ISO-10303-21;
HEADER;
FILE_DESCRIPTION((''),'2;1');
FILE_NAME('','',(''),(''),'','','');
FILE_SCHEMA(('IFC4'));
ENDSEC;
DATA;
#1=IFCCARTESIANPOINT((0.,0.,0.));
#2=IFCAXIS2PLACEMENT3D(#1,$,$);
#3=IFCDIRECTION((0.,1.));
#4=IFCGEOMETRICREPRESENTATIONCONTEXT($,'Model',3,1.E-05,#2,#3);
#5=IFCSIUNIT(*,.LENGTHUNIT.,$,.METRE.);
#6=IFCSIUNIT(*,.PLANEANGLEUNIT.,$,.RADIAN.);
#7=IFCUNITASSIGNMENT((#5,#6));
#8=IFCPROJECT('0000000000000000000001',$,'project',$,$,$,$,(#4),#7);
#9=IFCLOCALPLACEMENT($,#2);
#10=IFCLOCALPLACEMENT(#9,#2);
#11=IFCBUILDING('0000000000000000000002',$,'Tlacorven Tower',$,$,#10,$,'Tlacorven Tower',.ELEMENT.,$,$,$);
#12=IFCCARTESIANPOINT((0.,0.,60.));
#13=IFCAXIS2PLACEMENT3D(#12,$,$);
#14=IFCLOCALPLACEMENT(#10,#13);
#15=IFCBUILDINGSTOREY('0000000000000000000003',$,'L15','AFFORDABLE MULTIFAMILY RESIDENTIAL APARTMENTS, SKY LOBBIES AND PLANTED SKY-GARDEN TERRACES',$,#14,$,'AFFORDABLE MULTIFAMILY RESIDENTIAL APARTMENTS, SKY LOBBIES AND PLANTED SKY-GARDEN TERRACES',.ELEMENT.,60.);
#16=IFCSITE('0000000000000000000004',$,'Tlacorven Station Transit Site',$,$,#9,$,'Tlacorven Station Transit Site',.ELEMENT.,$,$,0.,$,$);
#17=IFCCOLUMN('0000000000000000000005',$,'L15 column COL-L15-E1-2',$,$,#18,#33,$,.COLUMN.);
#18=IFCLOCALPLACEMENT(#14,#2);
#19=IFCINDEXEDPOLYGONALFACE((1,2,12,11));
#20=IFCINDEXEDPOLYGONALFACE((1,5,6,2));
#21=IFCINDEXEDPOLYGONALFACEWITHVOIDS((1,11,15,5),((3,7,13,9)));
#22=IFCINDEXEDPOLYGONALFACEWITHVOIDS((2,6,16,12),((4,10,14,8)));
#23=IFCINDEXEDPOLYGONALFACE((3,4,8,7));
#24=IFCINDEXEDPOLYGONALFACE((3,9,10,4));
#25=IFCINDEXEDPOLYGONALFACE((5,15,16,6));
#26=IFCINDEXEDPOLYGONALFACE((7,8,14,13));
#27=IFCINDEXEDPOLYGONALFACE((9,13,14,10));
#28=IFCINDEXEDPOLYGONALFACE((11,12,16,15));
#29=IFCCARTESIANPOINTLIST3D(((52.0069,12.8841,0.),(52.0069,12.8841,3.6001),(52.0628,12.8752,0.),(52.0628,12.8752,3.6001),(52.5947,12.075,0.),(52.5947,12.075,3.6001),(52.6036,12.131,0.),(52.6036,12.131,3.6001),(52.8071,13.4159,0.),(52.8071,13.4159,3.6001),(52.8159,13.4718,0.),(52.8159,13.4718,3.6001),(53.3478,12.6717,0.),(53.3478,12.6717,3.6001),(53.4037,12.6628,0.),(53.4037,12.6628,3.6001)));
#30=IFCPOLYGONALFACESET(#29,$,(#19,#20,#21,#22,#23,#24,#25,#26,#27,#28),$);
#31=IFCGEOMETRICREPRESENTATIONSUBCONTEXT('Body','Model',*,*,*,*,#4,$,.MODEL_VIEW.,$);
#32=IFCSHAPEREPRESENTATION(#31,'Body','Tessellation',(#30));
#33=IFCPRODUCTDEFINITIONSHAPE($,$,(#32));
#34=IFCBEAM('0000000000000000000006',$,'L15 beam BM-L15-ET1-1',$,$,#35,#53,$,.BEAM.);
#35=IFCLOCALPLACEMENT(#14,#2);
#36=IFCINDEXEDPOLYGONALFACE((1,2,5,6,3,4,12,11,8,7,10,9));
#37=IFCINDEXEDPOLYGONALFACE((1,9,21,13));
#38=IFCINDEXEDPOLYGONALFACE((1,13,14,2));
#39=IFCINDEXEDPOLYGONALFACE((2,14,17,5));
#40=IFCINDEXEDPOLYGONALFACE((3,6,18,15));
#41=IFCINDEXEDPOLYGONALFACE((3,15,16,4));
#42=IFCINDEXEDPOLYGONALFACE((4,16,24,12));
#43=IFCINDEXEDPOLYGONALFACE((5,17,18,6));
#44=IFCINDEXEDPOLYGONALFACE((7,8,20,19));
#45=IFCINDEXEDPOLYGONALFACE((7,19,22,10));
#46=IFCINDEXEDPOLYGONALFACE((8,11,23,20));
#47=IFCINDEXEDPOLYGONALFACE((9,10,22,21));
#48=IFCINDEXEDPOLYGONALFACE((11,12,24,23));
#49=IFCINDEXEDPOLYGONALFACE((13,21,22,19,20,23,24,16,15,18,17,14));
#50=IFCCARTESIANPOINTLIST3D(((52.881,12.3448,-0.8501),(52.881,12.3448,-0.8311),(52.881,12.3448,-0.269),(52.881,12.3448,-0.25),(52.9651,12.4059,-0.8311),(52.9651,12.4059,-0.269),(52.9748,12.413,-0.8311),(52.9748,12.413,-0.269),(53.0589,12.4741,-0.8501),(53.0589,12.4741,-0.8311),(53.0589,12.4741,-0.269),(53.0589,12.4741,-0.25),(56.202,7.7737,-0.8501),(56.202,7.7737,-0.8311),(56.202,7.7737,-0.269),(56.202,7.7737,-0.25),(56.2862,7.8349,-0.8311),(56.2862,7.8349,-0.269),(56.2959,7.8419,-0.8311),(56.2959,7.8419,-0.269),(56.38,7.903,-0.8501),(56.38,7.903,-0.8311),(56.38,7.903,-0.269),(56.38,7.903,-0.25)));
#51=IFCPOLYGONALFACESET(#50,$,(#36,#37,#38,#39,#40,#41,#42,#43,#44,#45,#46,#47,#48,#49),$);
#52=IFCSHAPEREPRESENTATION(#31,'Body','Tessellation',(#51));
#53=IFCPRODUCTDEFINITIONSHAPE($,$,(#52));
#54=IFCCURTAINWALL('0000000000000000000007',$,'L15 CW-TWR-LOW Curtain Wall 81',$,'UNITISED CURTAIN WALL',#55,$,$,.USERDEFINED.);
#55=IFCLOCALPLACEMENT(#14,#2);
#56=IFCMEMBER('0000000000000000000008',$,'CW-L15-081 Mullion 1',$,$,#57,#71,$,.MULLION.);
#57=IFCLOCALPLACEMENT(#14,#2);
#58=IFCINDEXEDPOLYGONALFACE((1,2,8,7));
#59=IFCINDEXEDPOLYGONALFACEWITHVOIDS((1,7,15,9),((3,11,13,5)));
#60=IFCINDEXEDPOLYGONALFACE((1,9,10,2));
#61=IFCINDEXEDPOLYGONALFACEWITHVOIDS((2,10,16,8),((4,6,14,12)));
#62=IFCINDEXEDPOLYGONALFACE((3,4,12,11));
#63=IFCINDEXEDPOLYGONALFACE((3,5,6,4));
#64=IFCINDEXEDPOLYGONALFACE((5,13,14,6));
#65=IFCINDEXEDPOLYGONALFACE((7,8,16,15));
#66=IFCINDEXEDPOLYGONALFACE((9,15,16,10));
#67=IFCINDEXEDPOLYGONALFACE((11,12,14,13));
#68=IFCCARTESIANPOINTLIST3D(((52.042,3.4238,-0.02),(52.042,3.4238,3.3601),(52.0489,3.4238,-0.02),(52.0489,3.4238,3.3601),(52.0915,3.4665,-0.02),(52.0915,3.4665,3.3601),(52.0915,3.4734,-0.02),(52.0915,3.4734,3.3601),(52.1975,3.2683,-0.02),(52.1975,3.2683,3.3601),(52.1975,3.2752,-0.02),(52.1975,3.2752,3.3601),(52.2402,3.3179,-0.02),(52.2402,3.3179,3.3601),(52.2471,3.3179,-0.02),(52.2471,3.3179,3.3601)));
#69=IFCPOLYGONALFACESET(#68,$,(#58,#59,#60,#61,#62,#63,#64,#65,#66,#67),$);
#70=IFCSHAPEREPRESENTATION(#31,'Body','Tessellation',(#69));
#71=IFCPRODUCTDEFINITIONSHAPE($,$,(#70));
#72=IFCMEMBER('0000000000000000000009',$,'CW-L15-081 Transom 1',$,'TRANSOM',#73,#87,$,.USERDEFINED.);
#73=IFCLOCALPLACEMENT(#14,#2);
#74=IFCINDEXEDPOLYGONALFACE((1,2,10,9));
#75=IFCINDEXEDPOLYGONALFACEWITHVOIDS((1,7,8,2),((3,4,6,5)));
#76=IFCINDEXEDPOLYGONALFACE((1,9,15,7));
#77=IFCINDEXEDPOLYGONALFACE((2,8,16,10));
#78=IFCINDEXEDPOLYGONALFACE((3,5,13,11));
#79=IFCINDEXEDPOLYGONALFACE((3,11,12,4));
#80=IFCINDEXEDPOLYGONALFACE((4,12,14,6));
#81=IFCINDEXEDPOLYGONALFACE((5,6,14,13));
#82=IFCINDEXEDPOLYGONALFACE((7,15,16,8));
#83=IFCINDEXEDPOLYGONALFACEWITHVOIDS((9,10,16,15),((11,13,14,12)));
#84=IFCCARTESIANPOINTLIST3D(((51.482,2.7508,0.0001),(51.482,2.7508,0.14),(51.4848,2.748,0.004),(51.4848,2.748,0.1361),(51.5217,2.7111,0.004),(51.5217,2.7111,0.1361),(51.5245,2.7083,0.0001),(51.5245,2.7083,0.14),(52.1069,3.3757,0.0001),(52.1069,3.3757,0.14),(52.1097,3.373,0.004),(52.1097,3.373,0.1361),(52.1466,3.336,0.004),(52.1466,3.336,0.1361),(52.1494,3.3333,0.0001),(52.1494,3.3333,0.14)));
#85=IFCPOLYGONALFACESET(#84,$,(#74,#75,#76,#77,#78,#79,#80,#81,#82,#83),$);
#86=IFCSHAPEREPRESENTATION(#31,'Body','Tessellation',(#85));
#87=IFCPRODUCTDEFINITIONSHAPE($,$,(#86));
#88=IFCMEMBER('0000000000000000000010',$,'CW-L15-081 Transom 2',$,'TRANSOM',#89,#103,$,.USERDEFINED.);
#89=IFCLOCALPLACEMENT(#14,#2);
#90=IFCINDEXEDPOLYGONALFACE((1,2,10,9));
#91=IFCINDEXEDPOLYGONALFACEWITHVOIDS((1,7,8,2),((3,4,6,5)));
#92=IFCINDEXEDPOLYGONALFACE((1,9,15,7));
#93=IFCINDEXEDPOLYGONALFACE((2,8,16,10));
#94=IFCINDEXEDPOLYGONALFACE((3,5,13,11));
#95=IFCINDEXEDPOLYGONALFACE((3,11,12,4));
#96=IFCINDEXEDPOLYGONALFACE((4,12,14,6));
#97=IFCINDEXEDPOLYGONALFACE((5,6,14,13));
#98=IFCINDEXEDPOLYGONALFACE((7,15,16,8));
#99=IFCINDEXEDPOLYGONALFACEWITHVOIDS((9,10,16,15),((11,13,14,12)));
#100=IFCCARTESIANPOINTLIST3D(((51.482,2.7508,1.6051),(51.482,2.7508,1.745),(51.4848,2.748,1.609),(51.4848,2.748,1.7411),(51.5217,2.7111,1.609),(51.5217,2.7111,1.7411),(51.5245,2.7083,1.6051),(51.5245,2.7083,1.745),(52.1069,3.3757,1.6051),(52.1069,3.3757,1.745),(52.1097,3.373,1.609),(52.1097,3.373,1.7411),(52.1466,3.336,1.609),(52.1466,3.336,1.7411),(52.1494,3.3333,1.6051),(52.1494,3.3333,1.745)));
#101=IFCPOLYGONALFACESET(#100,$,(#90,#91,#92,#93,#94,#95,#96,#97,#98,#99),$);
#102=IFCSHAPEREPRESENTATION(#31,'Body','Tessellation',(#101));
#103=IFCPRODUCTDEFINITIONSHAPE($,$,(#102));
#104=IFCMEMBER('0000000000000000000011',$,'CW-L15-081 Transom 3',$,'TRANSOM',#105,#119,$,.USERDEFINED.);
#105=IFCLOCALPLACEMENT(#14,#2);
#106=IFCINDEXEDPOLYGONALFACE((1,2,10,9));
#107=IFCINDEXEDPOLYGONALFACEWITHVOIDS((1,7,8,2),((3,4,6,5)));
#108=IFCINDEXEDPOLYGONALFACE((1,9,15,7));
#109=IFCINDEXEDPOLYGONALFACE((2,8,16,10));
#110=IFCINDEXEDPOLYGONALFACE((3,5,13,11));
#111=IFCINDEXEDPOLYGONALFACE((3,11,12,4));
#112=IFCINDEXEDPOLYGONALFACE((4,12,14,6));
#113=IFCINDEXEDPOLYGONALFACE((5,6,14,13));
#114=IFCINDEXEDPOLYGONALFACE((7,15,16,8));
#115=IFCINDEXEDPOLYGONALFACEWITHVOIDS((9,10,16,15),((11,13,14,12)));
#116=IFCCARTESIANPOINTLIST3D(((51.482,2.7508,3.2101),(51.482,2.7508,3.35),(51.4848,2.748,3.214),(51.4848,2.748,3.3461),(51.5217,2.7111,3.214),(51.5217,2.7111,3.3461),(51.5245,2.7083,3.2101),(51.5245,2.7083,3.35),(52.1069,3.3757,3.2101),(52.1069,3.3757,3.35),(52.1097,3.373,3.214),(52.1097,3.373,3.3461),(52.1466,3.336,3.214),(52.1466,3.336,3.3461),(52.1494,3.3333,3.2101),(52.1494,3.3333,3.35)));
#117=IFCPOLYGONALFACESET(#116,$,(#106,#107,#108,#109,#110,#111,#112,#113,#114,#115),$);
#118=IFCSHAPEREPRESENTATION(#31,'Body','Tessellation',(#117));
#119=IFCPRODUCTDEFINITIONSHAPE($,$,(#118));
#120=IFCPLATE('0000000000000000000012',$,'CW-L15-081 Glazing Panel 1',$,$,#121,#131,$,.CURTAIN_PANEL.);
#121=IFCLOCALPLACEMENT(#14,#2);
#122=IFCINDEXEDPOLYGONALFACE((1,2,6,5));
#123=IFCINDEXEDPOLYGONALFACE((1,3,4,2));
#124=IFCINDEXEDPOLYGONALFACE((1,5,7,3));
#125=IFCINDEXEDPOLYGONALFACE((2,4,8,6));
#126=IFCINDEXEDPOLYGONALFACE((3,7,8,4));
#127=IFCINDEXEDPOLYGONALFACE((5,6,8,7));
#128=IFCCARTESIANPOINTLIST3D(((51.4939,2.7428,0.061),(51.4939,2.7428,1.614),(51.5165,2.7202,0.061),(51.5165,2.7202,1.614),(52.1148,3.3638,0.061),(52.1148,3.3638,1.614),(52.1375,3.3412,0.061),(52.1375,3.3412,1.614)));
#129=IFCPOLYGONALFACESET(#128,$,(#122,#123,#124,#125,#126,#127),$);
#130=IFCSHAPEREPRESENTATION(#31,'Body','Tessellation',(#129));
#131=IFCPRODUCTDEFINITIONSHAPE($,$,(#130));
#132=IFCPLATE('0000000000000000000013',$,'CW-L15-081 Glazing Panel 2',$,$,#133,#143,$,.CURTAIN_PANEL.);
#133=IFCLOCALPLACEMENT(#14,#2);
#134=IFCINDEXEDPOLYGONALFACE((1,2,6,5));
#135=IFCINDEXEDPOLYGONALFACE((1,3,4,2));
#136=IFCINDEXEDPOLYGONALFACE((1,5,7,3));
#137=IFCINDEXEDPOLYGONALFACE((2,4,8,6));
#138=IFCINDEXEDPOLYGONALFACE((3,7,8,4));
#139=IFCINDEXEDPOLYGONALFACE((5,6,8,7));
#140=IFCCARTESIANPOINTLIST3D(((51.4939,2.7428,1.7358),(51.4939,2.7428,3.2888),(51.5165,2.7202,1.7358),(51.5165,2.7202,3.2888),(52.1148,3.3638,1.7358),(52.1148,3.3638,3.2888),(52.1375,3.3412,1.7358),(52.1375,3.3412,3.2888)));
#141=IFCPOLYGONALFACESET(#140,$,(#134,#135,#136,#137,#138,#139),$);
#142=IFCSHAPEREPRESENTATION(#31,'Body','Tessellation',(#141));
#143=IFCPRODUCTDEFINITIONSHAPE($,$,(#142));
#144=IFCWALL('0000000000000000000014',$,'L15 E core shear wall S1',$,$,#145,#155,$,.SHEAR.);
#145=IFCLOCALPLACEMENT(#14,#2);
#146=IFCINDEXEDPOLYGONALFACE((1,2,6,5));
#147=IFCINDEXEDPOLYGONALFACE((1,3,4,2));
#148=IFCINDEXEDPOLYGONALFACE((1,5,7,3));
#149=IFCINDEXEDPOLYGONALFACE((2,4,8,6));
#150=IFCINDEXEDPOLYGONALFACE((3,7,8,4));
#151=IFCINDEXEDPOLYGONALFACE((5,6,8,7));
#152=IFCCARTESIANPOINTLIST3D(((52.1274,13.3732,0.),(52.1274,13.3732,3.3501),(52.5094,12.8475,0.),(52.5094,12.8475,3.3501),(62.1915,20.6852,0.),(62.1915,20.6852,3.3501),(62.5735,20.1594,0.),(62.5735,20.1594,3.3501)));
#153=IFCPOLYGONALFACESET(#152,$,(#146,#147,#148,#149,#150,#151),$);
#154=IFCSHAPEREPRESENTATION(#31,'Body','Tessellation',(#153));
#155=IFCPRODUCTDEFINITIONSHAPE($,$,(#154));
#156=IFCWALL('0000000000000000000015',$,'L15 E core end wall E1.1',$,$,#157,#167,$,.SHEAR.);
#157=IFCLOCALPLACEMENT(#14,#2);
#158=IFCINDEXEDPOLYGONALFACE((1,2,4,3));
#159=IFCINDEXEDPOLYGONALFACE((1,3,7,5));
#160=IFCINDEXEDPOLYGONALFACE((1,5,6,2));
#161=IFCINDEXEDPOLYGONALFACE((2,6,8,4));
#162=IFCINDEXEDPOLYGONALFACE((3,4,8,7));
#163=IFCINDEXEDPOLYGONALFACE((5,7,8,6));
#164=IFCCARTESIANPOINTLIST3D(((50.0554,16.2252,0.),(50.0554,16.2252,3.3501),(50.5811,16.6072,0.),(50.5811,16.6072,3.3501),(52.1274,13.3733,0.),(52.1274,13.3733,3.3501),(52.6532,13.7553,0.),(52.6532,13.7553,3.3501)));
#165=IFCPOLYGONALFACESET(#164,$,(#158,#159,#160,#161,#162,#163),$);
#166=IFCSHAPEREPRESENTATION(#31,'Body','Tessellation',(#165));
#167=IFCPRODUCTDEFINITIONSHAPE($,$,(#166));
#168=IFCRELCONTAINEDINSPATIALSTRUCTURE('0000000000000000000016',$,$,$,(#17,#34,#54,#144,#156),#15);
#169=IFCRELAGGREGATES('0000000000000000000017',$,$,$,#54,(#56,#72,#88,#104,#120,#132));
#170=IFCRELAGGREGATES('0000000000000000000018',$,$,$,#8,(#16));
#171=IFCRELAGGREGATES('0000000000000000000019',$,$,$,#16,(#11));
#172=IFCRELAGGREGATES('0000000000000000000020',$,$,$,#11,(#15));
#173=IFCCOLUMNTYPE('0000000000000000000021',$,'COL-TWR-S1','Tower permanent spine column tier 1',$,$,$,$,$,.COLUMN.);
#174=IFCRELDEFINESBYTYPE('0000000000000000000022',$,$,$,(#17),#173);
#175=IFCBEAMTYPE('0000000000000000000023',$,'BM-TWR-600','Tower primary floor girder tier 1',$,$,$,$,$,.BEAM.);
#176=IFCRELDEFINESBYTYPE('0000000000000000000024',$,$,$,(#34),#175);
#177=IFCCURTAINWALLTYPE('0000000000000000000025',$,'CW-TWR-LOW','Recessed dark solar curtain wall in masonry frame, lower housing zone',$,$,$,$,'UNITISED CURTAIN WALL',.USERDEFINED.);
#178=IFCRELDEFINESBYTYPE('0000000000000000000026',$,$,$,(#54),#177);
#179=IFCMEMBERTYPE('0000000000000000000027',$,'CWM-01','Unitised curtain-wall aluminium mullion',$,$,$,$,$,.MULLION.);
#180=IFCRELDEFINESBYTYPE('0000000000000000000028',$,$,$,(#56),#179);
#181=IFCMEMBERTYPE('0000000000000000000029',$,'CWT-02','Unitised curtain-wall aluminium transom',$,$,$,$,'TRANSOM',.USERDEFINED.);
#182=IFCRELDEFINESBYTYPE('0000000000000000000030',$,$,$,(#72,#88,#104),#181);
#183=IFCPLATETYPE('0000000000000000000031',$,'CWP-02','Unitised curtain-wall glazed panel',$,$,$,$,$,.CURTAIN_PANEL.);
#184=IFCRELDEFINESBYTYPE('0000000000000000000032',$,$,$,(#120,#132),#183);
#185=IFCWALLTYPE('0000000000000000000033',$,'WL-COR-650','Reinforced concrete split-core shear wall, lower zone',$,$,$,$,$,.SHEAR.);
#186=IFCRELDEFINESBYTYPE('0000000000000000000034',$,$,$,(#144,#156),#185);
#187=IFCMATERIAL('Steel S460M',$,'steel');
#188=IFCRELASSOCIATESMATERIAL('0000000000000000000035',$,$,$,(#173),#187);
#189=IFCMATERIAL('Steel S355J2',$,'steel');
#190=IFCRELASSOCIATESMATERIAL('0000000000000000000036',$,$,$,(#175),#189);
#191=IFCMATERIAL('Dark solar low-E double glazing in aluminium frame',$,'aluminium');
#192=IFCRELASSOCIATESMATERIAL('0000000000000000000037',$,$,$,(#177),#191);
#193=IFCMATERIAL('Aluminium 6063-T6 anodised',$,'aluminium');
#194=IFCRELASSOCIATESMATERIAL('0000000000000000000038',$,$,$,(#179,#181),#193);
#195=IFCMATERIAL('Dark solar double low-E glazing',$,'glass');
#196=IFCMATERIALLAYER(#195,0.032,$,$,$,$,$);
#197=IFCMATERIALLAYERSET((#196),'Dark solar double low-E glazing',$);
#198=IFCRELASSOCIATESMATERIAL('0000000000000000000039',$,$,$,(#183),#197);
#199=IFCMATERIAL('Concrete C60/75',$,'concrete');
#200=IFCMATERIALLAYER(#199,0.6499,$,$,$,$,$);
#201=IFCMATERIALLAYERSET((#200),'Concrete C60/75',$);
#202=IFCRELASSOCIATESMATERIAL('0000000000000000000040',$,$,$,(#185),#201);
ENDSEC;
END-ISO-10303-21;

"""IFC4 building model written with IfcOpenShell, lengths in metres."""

from ifc_helpers import new_model, si_unit, direction, frame, frame_2d, origin, origin_2d, place, context, subcontext, project, spatial, rectangle, hollow_rectangle, i_section, extrude, source, transform, mapped, material, layer, layer_set, material_profile, profile_set, type_object, element, aggregate, save


model = new_model("IFC4")

# Units and contexts
model_context = context("Model", 3, precision=1e-05, world=origin(), true_north=direction((0.0, 1.0)))
body_context = subcontext(model_context, "Body", "Model", "MODEL_VIEW")
ifc_project = project(units=[si_unit("LENGTHUNIT", "METRE"), si_unit("PLANEANGLEUNIT", "RADIAN")], contexts=[model_context])

# Site, building, storey
site_placement = place(None, origin())
site = spatial("IfcSite", under=ifc_project, at=site_placement, Name="Tlacorven Station Transit Site", LongName="Tlacorven Station Transit Site", CompositionType="ELEMENT", RefElevation=0.0)
building_placement = place(site_placement, origin())
building = spatial("IfcBuilding", under=site, at=building_placement, Name="Tlacorven Tower", LongName="Tlacorven Tower", CompositionType="ELEMENT")
storey_placement = place(building_placement, frame((0.0, 0.0, 60.0)))
storey = spatial("IfcBuildingStorey", under=building, at=storey_placement, Name="L15", Description="AFFORDABLE MULTIFAMILY RESIDENTIAL APARTMENTS, SKY LOBBIES AND PLANTED SKY-GARDEN TERRACES", LongName="AFFORDABLE MULTIFAMILY RESIDENTIAL APARTMENTS, SKY LOBBIES AND PLANTED SKY-GARDEN TERRACES", CompositionType="ELEMENT", Elevation=60.0)

# Column
ifc_material_1 = material(Name="Steel S460M", Category="steel")
ifc_material_profile_1 = material_profile(ifc_material_1, hollow_rectangle(XDim=1.0, YDim=1.0, WallThickness=0.04, at=origin_2d()), Name="BOX 1000X1000X40")
ifc_profile_set_1 = profile_set([ifc_material_profile_1], Name="Steel S460M")
column_type = type_object("IfcColumnType", Name="COL-TWR-S1", Description="Tower permanent spine column tier 1", PredefinedType="COLUMN", material=ifc_profile_set_1)
shared_shape_1 = source(origin(), body_context, "Body", "SweptSolid", [
    extrude(hollow_rectangle(XDim=1.0, YDim=1.0, WallThickness=0.04, at=origin_2d()), origin(), (0.0, 0.0, 1.0), 3.6001),
])
column_placement = place(storey_placement, frame((52.7053, 12.7734, 0.0), z_axis=(0.0, 0.0, 1.0), x_axis=(0.809017, 0.587785, 0.0)))
element("IfcColumn", 1, at=column_placement, inside=storey, type_object=column_type, Name="L15 column COL-L15-E1-2", PredefinedType="COLUMN", context=body_context, shape_type="MappedRepresentation", body=[
    mapped(shared_shape_1, transform((0.0, 0.0, 0.0), scale=1.0)),
])

# Beam
ifc_material_2 = material(Name="Steel S355J2", Category="steel")
ifc_material_profile_2 = material_profile(ifc_material_2, i_section(OverallWidth=0.22, OverallDepth=0.6001, WebThickness=0.012, FlangeThickness=0.019, at=origin_2d()), Name="IPE 600")
ifc_profile_set_2 = profile_set([ifc_material_profile_2], Name="Steel S355J2")
beam_type = type_object("IfcBeamType", Name="BM-TWR-600", Description="Tower primary floor girder tier 1", PredefinedType="BEAM", material=ifc_profile_set_2)
shared_shape_2 = source(origin(), body_context, "Body", "SweptSolid", [
    extrude(i_section(OverallWidth=0.22, OverallDepth=0.6001, WebThickness=0.012, FlangeThickness=0.019, at=origin_2d()), origin(), (0.0, 0.0, 1.0), 5.6501),
])
beam_placement = place(storey_placement, frame((56.291, 7.8384, -0.55), z_axis=(-0.587784, 0.809018, 0.0), x_axis=(-0.809018, -0.587784, 0.0)))
element("IfcBeam", 2, at=beam_placement, inside=storey, type_object=beam_type, Name="L15 beam BM-L15-ET1-1", PredefinedType="BEAM", context=body_context, shape_type="MappedRepresentation", body=[
    mapped(shared_shape_2, transform((0.0, 0.0, 0.0), scale=1.0)),
])

# Curtain wall, members, plates
ifc_material_3 = material(Name="Dark solar low-E double glazing in aluminium frame", Category="aluminium")
curtain_wall_type = type_object("IfcCurtainWallType", Name="CW-TWR-LOW", Description="Recessed dark solar curtain wall in masonry frame, lower housing zone", ElementType="UNITISED CURTAIN WALL", PredefinedType="USERDEFINED", material=ifc_material_3)
curtain_wall_placement = place(storey_placement, origin())
curtain_wall = element("IfcCurtainWall", 3, at=curtain_wall_placement, inside=storey, type_object=curtain_wall_type, Name="L15 CW-TWR-LOW Curtain Wall 81", ObjectType="UNITISED CURTAIN WALL", PredefinedType="USERDEFINED")
ifc_material_4 = material(Name="Aluminium 6063-T6 anodised", Category="aluminium")
ifc_material_profile_3 = material_profile(ifc_material_4, hollow_rectangle(XDim=0.0701, YDim=0.22, WallThickness=0.0049, at=origin_2d()), Name="ALU MULLION 70X220")
ifc_profile_set_3 = profile_set([ifc_material_profile_3], Name="Aluminium 6063-T6 anodised")
member_type_1 = type_object("IfcMemberType", Name="CWM-01", Description="Unitised curtain-wall aluminium mullion", PredefinedType="MULLION", material=ifc_profile_set_3)
shared_shape_3 = source(origin(), body_context, "Body", "SweptSolid", [
    extrude(hollow_rectangle(XDim=0.0701, YDim=0.22, WallThickness=0.0049, at=origin_2d()), origin(), (0.0, 0.0, 1.0), 3.3801),
])
member_1_placement = place(storey_placement, frame((52.1445, 3.3708, -0.02), z_axis=(0.0, 0.0, 1.0), x_axis=(-0.707107, -0.707107, 0.0)))
member_1 = element("IfcMember", 4, at=member_1_placement, type_object=member_type_1, Name="CW-L15-081 Mullion 1", PredefinedType="MULLION", context=body_context, shape_type="MappedRepresentation", body=[
    mapped(shared_shape_3, transform((0.0, 0.0, 0.0), scale=1.0)),
])
ifc_material_profile_4 = material_profile(ifc_material_4, hollow_rectangle(XDim=0.0601, YDim=0.1399, WallThickness=0.0039, at=origin_2d()), Name="ALU TRANSOM 60X140")
ifc_profile_set_4 = profile_set([ifc_material_profile_4], Name="Aluminium 6063-T6 anodised")
member_type_2 = type_object("IfcMemberType", Name="CWT-02", Description="Unitised curtain-wall aluminium transom", ElementType="TRANSOM", PredefinedType="USERDEFINED", material=ifc_profile_set_4)
shared_shape_4 = source(origin(), body_context, "Body", "SweptSolid", [
    extrude(hollow_rectangle(XDim=0.0601, YDim=0.1399, WallThickness=0.0039, at=origin_2d()), origin(), (0.0, 0.0, 1.0), 0.8838),
])
member_2_placement = place(storey_placement, frame((52.1282, 3.3545, 0.0701), z_axis=(-0.707107, -0.707107, 0.0), x_axis=(0.707107, -0.707107, 0.0)))
member_2 = element("IfcMember", 5, at=member_2_placement, type_object=member_type_2, Name="CW-L15-081 Transom 1", ObjectType="TRANSOM", PredefinedType="USERDEFINED", context=body_context, shape_type="MappedRepresentation", body=[
    mapped(shared_shape_4, transform((0.0, 0.0, 0.0), scale=1.0)),
])
member_3_placement = place(storey_placement, frame((52.1282, 3.3545, 1.675), z_axis=(-0.707107, -0.707107, 0.0), x_axis=(0.707107, -0.707107, 0.0)))
member_3 = element("IfcMember", 6, at=member_3_placement, type_object=member_type_2, Name="CW-L15-081 Transom 2", ObjectType="TRANSOM", PredefinedType="USERDEFINED", context=body_context, shape_type="MappedRepresentation", body=[
    mapped(shared_shape_4, transform((0.0, 0.0, 0.0), scale=1.0)),
])
member_4_placement = place(storey_placement, frame((52.1282, 3.3545, 3.28), z_axis=(-0.707107, -0.707107, 0.0), x_axis=(0.707107, -0.707107, 0.0)))
member_4 = element("IfcMember", 7, at=member_4_placement, type_object=member_type_2, Name="CW-L15-081 Transom 3", ObjectType="TRANSOM", PredefinedType="USERDEFINED", context=body_context, shape_type="MappedRepresentation", body=[
    mapped(shared_shape_4, transform((0.0, 0.0, 0.0), scale=1.0)),
])
ifc_material_5 = material(Name="Dark solar double low-E glazing", Category="glass")
ifc_layer_1 = layer(ifc_material_5, 0.032)
ifc_layer_set_1 = layer_set([ifc_layer_1], Name="Dark solar double low-E glazing")
plate_type = type_object("IfcPlateType", Name="CWP-02", Description="Unitised curtain-wall glazed panel", PredefinedType="CURTAIN_PANEL", material=ifc_layer_set_1)
shared_shape_5 = source(origin(), body_context, "Body", "SweptSolid", [
    extrude(rectangle(XDim=0.8782, YDim=0.032, at=origin_2d()), origin(), (0.0, 0.0, 1.0), 1.553),
])
plate_1_placement = place(storey_placement, frame((51.8157, 3.042, 0.061), z_axis=(0.0, 0.0, 1.0), x_axis=(-0.707107, -0.707107, 0.0)))
plate_1 = element("IfcPlate", 8, at=plate_1_placement, type_object=plate_type, Name="CW-L15-081 Glazing Panel 1", PredefinedType="CURTAIN_PANEL", context=body_context, shape_type="MappedRepresentation", body=[
    mapped(shared_shape_5, transform((0.0, 0.0, 0.0), scale=1.0)),
])
plate_2_placement = place(storey_placement, frame((51.8157, 3.042, 1.7358), z_axis=(0.0, 0.0, 1.0), x_axis=(-0.707107, -0.707107, 0.0)))
plate_2 = element("IfcPlate", 9, at=plate_2_placement, type_object=plate_type, Name="CW-L15-081 Glazing Panel 2", PredefinedType="CURTAIN_PANEL", context=body_context, shape_type="MappedRepresentation", body=[
    mapped(shared_shape_5, transform((0.0, 0.0, 0.0), scale=1.0)),
])
aggregate(curtain_wall, [member_1, member_2, member_3, member_4, plate_1, plate_2])

# Walls
ifc_material_6 = material(Name="Concrete C60/75", Category="concrete")
ifc_layer_2 = layer(ifc_material_6, 0.6499)
ifc_layer_set_2 = layer_set([ifc_layer_2], Name="Concrete C60/75")
wall_type_1 = type_object("IfcWallType", Name="WL-COR-650", Description="Reinforced concrete split-core shear wall, lower zone", PredefinedType="SHEAR", material=ifc_layer_set_2)
wall_1_placement = place(storey_placement, frame((52.3184, 13.1104, 0.0), z_axis=(0.0, 0.0, 1.0), x_axis=(0.809019, 0.587782, 0.0)))
element("IfcWall", 10, at=wall_1_placement, inside=storey, type_object=wall_type_1, Name="L15 E core shear wall S1", PredefinedType="SHEAR", context=body_context, shape_type="SweptSolid", body=[
    extrude(rectangle(XDim=12.4399, YDim=0.6499, at=frame_2d((6.22, 0.0))), origin(), (0.0, 0.0, 1.0), 3.3501),
])
wall_2_placement = place(storey_placement, frame((52.3904, 13.5642, 0.0), z_axis=(0.0, 0.0, 1.0), x_axis=(-0.587797, 0.809009, 0.0)))
element("IfcWall", 11, at=wall_2_placement, inside=storey, type_object=wall_type_1, Name="L15 E core end wall E1.1", PredefinedType="SHEAR", context=body_context, shape_type="SweptSolid", body=[
    extrude(rectangle(XDim=3.5251, YDim=0.6499, at=frame_2d((1.7627, 0.0))), origin(), (0.0, 0.0, 1.0), 3.3501),
])

save(model, "model.ifc")
